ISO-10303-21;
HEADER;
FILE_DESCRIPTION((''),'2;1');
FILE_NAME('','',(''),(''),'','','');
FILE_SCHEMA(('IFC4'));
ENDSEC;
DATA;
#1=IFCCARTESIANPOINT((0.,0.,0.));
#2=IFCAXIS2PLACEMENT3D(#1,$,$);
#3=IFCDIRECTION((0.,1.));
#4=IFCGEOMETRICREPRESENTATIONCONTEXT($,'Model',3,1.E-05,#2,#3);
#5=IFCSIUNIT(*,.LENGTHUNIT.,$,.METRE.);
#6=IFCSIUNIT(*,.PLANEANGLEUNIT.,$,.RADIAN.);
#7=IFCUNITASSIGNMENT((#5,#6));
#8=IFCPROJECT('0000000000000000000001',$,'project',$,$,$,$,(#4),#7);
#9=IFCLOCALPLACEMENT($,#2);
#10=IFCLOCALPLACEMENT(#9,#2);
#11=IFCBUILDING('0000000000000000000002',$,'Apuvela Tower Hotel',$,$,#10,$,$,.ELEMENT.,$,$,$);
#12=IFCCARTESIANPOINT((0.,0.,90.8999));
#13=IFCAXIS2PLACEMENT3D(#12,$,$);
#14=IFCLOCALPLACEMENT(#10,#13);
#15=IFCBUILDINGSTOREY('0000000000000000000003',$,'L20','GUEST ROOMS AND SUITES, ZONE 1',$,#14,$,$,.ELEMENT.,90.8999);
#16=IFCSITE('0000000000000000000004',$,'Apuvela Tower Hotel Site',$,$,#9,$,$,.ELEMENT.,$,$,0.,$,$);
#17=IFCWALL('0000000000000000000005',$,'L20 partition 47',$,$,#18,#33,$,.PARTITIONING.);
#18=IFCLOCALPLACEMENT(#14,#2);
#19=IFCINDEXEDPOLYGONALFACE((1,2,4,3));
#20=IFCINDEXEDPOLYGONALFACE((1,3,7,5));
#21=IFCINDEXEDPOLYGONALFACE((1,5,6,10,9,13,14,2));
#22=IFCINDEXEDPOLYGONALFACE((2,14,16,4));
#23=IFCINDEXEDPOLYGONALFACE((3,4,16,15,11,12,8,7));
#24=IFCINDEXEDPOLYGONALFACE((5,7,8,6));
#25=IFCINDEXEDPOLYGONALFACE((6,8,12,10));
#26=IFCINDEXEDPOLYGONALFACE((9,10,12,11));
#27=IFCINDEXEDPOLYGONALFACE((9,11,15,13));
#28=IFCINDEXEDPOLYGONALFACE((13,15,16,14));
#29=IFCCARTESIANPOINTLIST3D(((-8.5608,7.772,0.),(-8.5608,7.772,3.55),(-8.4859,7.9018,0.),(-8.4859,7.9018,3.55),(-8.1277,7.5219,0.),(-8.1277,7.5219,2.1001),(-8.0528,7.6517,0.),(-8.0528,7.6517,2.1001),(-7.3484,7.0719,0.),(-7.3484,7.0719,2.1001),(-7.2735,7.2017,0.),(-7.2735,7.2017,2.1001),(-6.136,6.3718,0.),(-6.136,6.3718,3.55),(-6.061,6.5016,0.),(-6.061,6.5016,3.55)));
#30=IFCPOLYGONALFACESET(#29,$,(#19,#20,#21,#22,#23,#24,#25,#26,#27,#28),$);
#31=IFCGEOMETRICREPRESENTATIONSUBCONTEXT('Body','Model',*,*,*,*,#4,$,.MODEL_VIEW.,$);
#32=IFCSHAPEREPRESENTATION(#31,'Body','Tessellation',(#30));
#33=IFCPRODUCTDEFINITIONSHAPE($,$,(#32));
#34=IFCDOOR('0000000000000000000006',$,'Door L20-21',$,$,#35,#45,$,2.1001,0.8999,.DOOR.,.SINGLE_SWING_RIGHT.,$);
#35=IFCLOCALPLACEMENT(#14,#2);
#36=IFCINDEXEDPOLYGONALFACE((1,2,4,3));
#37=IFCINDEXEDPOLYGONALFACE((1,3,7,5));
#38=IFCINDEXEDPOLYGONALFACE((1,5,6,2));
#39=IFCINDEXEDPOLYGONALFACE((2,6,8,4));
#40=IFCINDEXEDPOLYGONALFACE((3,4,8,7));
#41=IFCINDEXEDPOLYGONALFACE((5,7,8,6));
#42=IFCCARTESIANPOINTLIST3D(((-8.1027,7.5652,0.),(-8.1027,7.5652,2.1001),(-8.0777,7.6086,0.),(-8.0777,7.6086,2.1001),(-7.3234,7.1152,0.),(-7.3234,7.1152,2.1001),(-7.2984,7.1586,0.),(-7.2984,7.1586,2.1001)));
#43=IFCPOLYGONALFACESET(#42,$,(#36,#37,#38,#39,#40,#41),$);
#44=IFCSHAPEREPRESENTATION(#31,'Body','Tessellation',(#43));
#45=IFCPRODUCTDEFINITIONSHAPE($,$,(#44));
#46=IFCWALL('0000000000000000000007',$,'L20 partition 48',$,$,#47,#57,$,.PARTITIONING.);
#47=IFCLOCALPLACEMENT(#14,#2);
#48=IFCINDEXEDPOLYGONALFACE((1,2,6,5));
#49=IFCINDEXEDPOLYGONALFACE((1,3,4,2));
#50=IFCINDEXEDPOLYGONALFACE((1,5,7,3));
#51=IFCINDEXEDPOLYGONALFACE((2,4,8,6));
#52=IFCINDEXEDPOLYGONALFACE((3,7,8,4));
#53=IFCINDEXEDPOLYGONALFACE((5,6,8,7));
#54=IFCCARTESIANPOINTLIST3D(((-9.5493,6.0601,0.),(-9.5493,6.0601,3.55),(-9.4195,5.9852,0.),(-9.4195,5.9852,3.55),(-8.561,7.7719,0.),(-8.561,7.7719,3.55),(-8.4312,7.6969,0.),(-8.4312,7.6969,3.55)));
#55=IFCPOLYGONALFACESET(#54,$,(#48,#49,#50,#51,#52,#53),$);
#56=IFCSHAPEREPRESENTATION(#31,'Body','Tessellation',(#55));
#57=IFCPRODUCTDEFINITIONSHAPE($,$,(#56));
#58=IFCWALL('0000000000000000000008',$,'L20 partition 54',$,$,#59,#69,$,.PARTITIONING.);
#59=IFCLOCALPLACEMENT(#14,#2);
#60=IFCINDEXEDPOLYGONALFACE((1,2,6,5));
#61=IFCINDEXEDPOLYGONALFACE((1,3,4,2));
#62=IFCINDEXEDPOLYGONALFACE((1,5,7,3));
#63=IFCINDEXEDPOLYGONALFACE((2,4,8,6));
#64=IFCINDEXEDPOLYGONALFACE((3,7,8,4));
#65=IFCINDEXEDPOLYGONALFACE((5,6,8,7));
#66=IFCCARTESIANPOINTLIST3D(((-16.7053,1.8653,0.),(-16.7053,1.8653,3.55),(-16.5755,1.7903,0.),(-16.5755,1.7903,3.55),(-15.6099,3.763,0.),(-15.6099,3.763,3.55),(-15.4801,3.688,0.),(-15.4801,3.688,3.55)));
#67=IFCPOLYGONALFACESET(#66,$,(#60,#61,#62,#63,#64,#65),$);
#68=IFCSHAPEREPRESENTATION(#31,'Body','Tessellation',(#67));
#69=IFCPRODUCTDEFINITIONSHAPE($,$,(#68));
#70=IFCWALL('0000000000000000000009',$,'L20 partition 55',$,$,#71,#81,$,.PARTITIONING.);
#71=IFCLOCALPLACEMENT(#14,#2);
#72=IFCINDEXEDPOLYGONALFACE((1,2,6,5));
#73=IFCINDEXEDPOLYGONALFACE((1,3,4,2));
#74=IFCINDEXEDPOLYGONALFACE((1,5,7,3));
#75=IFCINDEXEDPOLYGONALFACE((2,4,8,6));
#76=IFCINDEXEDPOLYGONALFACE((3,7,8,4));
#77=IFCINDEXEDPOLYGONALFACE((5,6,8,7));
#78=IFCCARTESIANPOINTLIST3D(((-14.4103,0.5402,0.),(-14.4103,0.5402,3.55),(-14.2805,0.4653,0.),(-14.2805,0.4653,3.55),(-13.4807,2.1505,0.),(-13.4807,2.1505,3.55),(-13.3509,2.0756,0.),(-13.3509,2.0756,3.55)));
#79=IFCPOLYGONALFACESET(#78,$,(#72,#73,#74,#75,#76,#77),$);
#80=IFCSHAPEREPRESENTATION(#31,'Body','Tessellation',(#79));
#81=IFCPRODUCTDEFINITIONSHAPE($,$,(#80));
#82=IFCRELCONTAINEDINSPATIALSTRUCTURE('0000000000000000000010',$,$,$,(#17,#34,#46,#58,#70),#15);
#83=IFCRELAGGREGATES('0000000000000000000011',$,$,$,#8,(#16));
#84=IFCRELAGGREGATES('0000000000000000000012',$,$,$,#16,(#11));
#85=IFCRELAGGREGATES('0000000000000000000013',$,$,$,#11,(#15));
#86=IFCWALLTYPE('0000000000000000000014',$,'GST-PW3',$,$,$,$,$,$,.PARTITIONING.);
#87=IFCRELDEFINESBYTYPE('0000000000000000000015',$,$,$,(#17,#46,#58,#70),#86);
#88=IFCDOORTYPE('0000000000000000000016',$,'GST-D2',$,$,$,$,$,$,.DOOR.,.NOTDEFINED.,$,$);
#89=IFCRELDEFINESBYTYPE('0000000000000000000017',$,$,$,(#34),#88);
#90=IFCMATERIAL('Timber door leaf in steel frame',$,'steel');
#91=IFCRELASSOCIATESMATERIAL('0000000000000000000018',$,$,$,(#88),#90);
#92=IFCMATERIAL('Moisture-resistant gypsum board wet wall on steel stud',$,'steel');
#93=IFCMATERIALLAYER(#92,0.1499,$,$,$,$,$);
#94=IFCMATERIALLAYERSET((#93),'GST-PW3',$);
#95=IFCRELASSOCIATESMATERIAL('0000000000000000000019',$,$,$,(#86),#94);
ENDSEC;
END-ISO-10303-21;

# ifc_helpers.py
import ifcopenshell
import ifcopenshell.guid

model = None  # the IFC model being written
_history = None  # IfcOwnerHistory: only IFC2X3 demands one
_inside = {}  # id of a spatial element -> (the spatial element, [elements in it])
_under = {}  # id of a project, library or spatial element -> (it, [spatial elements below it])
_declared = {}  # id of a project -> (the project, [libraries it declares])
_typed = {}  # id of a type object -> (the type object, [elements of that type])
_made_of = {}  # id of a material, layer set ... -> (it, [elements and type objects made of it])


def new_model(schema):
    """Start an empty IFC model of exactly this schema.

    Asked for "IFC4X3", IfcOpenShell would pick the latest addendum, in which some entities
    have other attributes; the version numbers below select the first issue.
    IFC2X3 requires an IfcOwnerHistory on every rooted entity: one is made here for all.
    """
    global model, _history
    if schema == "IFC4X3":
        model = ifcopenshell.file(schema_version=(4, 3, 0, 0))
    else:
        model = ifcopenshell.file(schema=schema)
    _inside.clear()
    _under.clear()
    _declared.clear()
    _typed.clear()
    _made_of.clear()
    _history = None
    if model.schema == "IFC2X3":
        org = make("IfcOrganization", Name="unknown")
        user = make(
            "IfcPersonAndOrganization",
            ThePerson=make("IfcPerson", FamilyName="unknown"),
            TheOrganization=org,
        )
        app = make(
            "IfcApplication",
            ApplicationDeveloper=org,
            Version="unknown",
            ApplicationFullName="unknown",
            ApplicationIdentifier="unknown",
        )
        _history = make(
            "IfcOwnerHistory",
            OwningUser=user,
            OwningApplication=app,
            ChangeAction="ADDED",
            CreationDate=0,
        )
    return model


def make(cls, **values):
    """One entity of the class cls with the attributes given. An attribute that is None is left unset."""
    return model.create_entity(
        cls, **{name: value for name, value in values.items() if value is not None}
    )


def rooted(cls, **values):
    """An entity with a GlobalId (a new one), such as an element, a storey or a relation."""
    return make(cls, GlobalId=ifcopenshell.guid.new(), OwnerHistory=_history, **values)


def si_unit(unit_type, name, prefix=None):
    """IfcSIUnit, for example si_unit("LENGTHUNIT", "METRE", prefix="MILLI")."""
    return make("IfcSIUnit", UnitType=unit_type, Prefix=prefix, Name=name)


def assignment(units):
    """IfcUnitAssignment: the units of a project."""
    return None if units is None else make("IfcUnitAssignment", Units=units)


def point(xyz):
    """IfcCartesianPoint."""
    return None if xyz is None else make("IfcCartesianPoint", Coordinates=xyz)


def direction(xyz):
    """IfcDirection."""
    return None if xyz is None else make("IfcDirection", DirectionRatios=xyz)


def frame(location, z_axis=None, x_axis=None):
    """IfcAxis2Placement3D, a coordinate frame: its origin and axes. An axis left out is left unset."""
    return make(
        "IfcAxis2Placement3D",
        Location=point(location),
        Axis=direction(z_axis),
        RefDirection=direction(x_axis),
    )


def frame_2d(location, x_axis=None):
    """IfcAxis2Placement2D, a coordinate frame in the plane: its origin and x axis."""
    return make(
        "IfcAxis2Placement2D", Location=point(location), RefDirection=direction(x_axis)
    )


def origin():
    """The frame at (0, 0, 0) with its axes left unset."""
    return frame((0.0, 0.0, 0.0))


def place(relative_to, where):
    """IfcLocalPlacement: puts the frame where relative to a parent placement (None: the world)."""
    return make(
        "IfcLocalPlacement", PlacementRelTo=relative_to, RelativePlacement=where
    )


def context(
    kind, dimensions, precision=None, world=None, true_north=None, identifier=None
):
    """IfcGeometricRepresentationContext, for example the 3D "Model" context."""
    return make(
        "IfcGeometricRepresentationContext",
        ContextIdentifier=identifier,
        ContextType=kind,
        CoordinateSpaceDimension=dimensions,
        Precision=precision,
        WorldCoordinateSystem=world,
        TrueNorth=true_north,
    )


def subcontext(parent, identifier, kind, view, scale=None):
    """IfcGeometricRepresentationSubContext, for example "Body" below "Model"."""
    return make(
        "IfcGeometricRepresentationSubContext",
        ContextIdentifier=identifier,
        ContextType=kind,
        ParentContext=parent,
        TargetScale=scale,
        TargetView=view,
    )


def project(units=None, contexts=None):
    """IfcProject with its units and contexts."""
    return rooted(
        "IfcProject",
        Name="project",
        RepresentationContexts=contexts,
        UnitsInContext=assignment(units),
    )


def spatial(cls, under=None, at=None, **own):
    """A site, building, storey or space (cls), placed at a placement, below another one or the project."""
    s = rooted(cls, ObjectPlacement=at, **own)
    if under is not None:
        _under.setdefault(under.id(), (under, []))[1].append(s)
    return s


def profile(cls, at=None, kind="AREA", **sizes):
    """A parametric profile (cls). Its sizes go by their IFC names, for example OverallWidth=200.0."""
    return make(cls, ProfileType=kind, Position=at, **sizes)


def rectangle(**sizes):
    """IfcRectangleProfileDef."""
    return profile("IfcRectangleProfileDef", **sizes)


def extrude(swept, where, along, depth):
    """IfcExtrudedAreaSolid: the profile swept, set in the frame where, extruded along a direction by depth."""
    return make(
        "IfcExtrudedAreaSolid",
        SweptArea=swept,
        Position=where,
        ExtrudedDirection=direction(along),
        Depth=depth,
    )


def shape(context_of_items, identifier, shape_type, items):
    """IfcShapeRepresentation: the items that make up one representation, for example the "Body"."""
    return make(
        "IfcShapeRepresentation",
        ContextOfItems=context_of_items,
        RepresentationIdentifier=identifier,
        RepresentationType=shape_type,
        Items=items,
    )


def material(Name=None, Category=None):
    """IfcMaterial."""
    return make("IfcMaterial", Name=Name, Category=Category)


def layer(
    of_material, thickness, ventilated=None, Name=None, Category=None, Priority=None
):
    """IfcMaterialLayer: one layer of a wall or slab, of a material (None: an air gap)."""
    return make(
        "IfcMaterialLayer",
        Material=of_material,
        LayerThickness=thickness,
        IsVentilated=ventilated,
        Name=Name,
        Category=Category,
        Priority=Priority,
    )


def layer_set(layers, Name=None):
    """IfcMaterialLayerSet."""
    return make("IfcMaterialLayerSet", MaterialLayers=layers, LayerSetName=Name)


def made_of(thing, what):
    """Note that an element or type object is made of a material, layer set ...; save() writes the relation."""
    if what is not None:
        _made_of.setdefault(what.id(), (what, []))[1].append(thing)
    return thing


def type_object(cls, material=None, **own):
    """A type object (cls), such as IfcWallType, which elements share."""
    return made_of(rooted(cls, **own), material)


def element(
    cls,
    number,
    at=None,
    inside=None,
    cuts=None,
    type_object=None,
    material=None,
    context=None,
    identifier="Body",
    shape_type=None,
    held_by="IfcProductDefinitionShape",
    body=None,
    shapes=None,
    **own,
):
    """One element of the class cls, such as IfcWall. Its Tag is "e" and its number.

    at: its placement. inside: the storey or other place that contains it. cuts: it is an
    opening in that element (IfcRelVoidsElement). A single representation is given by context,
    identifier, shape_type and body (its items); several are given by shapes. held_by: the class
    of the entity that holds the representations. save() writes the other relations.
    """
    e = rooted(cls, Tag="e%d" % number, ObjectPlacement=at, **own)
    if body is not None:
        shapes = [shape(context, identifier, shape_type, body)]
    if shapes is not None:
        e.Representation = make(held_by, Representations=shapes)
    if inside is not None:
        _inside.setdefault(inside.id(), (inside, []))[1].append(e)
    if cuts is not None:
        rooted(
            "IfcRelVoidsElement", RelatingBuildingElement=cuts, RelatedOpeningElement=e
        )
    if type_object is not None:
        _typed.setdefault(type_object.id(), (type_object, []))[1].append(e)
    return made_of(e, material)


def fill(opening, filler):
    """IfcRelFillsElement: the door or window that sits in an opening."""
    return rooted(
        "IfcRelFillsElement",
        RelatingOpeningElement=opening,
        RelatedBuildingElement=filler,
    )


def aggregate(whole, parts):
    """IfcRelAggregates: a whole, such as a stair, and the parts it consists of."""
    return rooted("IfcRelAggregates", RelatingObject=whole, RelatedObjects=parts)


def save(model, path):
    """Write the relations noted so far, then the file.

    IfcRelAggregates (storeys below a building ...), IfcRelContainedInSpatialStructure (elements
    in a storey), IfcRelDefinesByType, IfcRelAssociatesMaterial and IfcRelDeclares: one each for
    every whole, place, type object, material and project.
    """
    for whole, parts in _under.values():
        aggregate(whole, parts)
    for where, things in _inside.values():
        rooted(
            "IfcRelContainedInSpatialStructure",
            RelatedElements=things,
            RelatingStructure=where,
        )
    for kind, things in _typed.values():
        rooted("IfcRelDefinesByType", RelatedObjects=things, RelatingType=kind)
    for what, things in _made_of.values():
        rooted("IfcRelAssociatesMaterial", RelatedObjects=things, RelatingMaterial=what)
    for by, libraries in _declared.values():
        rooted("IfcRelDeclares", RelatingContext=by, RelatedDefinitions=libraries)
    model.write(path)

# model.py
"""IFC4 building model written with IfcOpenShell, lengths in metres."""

from ifc_helpers import new_model, si_unit, direction, frame, frame_2d, origin, place, context, subcontext, project, spatial, rectangle, extrude, material, layer, layer_set, type_object, element, fill, save


model = new_model("IFC4")

# Units and contexts
model_context = context("Model", 3, precision=1e-05, world=origin(), true_north=direction((0.0, 1.0)))
body_context = subcontext(model_context, "Body", "Model", "MODEL_VIEW")
ifc_project = project(units=[si_unit("LENGTHUNIT", "METRE"), si_unit("PLANEANGLEUNIT", "RADIAN")], contexts=[model_context])

# Site, building, storey
site_placement = place(None, origin())
site = spatial("IfcSite", under=ifc_project, at=site_placement, Name="Apuvela Tower Hotel Site", CompositionType="ELEMENT", RefElevation=0.0)
building_placement = place(site_placement, origin())
building = spatial("IfcBuilding", under=site, at=building_placement, Name="Apuvela Tower Hotel", CompositionType="ELEMENT")
storey_placement = place(building_placement, frame((0.0, 0.0, 90.8999)))
storey = spatial("IfcBuildingStorey", under=building, at=storey_placement, Name="L20", Description="GUEST ROOMS AND SUITES, ZONE 1", CompositionType="ELEMENT", Elevation=90.8999)

# Wall, opening, door
ifc_material_1 = material(Name="Timber door leaf in steel frame", Category="steel")
door_type_1 = type_object("IfcDoorType", Name="GST-D2", OperationType="NOTDEFINED", PredefinedType="DOOR", material=ifc_material_1)
ifc_material_2 = material(Name="Moisture-resistant gypsum board wet wall on steel stud", Category="steel")
ifc_layer_1 = layer(ifc_material_2, 0.1499)
ifc_layer_set_1 = layer_set([ifc_layer_1], Name="GST-PW3")
wall_type_1 = type_object("IfcWallType", Name="GST-PW3", PredefinedType="PARTITIONING", material=ifc_layer_set_1)
wall_1_placement = place(storey_placement, frame((-6.0986, 6.4368, 0.0), z_axis=(0.0, 0.0, 1.0), x_axis=(-0.865997, 0.50005, 0.0)))
wall_1 = element("IfcWall", 1, at=wall_1_placement, inside=storey, type_object=wall_type_1, Name="L20 partition 47", PredefinedType="PARTITIONING", context=body_context, shape_type="SweptSolid", body=[
    extrude(rectangle(XDim=2.8, YDim=0.1499, at=frame_2d((1.3999, 0.0))), origin(), (0.0, 0.0, 1.0), 3.55),
])
opening_1_placement = place(wall_1_placement, frame((1.3999, 0.0, 0.0)))
opening_1 = element("IfcOpeningElement", 2, at=opening_1_placement, cuts=wall_1, PredefinedType="OPENING", context=body_context, shape_type="SweptSolid", body=[
    extrude(rectangle(XDim=0.8999, YDim=2.1001, at=frame_2d((0.45, 1.05))), frame((0.0, 0.085, 0.0), z_axis=(0.0, -1.0, 0.0), x_axis=(1.0, 0.0, 0.0)), (0.0, 0.0, 1.0), 0.1699),
])
door_1_placement = place(opening_1_placement, origin())
door_1 = element("IfcDoor", 3, at=door_1_placement, inside=storey, type_object=door_type_1, Name="Door L20-21", OperationType="SINGLE_SWING_RIGHT", OverallHeight=2.1001, OverallWidth=0.8999, PredefinedType="DOOR", context=body_context, shape_type="SweptSolid", body=[
    extrude(rectangle(XDim=0.8999, YDim=2.1001, at=frame_2d((0.45, 1.05))), frame((0.0, 0.0249, 0.0), z_axis=(0.0, -1.0, 0.0), x_axis=(1.0, 0.0, 0.0)), (0.0, 0.0, 1.0), 0.05),
])
fill(opening_1, door_1)

# Walls
wall_2_placement = place(storey_placement, frame((-8.4961, 7.7344, 0.0), z_axis=(0.0, 0.0, 1.0), x_axis=(-0.500018, -0.866015, 0.0)))
element("IfcWall", 4, at=wall_2_placement, inside=storey, type_object=wall_type_1, Name="L20 partition 48", PredefinedType="PARTITIONING", context=body_context, shape_type="SweptSolid", body=[
    extrude(rectangle(XDim=1.9766, YDim=0.1499, at=frame_2d((0.9883, 0.0))), origin(), (0.0, 0.0, 1.0), 3.55),
])
wall_3_placement = place(storey_placement, frame((-15.5449, 3.7256, 0.0), z_axis=(0.0, 0.0, 1.0), x_axis=(-0.499938, -0.866061, 0.0)))
element("IfcWall", 5, at=wall_3_placement, inside=storey, type_object=wall_type_1, Name="L20 partition 54", PredefinedType="PARTITIONING", context=body_context, shape_type="SweptSolid", body=[
    extrude(rectangle(XDim=2.1912, YDim=0.1499, at=frame_2d((1.0957, 0.0))), origin(), (0.0, 0.0, 1.0), 3.55),
])
wall_4_placement = place(storey_placement, frame((-13.4158, 2.113, 0.0), z_axis=(0.0, 0.0, 1.0), x_axis=(-0.49998, -0.866037, 0.0)))
element("IfcWall", 6, at=wall_4_placement, inside=storey, type_object=wall_type_1, Name="L20 partition 55", PredefinedType="PARTITIONING", context=body_context, shape_type="SweptSolid", body=[
    extrude(rectangle(XDim=1.8594, YDim=0.1499, at=frame_2d((0.9297, 0.0))), origin(), (0.0, 0.0, 1.0), 3.55),
])

save(model, "model.ifc")
